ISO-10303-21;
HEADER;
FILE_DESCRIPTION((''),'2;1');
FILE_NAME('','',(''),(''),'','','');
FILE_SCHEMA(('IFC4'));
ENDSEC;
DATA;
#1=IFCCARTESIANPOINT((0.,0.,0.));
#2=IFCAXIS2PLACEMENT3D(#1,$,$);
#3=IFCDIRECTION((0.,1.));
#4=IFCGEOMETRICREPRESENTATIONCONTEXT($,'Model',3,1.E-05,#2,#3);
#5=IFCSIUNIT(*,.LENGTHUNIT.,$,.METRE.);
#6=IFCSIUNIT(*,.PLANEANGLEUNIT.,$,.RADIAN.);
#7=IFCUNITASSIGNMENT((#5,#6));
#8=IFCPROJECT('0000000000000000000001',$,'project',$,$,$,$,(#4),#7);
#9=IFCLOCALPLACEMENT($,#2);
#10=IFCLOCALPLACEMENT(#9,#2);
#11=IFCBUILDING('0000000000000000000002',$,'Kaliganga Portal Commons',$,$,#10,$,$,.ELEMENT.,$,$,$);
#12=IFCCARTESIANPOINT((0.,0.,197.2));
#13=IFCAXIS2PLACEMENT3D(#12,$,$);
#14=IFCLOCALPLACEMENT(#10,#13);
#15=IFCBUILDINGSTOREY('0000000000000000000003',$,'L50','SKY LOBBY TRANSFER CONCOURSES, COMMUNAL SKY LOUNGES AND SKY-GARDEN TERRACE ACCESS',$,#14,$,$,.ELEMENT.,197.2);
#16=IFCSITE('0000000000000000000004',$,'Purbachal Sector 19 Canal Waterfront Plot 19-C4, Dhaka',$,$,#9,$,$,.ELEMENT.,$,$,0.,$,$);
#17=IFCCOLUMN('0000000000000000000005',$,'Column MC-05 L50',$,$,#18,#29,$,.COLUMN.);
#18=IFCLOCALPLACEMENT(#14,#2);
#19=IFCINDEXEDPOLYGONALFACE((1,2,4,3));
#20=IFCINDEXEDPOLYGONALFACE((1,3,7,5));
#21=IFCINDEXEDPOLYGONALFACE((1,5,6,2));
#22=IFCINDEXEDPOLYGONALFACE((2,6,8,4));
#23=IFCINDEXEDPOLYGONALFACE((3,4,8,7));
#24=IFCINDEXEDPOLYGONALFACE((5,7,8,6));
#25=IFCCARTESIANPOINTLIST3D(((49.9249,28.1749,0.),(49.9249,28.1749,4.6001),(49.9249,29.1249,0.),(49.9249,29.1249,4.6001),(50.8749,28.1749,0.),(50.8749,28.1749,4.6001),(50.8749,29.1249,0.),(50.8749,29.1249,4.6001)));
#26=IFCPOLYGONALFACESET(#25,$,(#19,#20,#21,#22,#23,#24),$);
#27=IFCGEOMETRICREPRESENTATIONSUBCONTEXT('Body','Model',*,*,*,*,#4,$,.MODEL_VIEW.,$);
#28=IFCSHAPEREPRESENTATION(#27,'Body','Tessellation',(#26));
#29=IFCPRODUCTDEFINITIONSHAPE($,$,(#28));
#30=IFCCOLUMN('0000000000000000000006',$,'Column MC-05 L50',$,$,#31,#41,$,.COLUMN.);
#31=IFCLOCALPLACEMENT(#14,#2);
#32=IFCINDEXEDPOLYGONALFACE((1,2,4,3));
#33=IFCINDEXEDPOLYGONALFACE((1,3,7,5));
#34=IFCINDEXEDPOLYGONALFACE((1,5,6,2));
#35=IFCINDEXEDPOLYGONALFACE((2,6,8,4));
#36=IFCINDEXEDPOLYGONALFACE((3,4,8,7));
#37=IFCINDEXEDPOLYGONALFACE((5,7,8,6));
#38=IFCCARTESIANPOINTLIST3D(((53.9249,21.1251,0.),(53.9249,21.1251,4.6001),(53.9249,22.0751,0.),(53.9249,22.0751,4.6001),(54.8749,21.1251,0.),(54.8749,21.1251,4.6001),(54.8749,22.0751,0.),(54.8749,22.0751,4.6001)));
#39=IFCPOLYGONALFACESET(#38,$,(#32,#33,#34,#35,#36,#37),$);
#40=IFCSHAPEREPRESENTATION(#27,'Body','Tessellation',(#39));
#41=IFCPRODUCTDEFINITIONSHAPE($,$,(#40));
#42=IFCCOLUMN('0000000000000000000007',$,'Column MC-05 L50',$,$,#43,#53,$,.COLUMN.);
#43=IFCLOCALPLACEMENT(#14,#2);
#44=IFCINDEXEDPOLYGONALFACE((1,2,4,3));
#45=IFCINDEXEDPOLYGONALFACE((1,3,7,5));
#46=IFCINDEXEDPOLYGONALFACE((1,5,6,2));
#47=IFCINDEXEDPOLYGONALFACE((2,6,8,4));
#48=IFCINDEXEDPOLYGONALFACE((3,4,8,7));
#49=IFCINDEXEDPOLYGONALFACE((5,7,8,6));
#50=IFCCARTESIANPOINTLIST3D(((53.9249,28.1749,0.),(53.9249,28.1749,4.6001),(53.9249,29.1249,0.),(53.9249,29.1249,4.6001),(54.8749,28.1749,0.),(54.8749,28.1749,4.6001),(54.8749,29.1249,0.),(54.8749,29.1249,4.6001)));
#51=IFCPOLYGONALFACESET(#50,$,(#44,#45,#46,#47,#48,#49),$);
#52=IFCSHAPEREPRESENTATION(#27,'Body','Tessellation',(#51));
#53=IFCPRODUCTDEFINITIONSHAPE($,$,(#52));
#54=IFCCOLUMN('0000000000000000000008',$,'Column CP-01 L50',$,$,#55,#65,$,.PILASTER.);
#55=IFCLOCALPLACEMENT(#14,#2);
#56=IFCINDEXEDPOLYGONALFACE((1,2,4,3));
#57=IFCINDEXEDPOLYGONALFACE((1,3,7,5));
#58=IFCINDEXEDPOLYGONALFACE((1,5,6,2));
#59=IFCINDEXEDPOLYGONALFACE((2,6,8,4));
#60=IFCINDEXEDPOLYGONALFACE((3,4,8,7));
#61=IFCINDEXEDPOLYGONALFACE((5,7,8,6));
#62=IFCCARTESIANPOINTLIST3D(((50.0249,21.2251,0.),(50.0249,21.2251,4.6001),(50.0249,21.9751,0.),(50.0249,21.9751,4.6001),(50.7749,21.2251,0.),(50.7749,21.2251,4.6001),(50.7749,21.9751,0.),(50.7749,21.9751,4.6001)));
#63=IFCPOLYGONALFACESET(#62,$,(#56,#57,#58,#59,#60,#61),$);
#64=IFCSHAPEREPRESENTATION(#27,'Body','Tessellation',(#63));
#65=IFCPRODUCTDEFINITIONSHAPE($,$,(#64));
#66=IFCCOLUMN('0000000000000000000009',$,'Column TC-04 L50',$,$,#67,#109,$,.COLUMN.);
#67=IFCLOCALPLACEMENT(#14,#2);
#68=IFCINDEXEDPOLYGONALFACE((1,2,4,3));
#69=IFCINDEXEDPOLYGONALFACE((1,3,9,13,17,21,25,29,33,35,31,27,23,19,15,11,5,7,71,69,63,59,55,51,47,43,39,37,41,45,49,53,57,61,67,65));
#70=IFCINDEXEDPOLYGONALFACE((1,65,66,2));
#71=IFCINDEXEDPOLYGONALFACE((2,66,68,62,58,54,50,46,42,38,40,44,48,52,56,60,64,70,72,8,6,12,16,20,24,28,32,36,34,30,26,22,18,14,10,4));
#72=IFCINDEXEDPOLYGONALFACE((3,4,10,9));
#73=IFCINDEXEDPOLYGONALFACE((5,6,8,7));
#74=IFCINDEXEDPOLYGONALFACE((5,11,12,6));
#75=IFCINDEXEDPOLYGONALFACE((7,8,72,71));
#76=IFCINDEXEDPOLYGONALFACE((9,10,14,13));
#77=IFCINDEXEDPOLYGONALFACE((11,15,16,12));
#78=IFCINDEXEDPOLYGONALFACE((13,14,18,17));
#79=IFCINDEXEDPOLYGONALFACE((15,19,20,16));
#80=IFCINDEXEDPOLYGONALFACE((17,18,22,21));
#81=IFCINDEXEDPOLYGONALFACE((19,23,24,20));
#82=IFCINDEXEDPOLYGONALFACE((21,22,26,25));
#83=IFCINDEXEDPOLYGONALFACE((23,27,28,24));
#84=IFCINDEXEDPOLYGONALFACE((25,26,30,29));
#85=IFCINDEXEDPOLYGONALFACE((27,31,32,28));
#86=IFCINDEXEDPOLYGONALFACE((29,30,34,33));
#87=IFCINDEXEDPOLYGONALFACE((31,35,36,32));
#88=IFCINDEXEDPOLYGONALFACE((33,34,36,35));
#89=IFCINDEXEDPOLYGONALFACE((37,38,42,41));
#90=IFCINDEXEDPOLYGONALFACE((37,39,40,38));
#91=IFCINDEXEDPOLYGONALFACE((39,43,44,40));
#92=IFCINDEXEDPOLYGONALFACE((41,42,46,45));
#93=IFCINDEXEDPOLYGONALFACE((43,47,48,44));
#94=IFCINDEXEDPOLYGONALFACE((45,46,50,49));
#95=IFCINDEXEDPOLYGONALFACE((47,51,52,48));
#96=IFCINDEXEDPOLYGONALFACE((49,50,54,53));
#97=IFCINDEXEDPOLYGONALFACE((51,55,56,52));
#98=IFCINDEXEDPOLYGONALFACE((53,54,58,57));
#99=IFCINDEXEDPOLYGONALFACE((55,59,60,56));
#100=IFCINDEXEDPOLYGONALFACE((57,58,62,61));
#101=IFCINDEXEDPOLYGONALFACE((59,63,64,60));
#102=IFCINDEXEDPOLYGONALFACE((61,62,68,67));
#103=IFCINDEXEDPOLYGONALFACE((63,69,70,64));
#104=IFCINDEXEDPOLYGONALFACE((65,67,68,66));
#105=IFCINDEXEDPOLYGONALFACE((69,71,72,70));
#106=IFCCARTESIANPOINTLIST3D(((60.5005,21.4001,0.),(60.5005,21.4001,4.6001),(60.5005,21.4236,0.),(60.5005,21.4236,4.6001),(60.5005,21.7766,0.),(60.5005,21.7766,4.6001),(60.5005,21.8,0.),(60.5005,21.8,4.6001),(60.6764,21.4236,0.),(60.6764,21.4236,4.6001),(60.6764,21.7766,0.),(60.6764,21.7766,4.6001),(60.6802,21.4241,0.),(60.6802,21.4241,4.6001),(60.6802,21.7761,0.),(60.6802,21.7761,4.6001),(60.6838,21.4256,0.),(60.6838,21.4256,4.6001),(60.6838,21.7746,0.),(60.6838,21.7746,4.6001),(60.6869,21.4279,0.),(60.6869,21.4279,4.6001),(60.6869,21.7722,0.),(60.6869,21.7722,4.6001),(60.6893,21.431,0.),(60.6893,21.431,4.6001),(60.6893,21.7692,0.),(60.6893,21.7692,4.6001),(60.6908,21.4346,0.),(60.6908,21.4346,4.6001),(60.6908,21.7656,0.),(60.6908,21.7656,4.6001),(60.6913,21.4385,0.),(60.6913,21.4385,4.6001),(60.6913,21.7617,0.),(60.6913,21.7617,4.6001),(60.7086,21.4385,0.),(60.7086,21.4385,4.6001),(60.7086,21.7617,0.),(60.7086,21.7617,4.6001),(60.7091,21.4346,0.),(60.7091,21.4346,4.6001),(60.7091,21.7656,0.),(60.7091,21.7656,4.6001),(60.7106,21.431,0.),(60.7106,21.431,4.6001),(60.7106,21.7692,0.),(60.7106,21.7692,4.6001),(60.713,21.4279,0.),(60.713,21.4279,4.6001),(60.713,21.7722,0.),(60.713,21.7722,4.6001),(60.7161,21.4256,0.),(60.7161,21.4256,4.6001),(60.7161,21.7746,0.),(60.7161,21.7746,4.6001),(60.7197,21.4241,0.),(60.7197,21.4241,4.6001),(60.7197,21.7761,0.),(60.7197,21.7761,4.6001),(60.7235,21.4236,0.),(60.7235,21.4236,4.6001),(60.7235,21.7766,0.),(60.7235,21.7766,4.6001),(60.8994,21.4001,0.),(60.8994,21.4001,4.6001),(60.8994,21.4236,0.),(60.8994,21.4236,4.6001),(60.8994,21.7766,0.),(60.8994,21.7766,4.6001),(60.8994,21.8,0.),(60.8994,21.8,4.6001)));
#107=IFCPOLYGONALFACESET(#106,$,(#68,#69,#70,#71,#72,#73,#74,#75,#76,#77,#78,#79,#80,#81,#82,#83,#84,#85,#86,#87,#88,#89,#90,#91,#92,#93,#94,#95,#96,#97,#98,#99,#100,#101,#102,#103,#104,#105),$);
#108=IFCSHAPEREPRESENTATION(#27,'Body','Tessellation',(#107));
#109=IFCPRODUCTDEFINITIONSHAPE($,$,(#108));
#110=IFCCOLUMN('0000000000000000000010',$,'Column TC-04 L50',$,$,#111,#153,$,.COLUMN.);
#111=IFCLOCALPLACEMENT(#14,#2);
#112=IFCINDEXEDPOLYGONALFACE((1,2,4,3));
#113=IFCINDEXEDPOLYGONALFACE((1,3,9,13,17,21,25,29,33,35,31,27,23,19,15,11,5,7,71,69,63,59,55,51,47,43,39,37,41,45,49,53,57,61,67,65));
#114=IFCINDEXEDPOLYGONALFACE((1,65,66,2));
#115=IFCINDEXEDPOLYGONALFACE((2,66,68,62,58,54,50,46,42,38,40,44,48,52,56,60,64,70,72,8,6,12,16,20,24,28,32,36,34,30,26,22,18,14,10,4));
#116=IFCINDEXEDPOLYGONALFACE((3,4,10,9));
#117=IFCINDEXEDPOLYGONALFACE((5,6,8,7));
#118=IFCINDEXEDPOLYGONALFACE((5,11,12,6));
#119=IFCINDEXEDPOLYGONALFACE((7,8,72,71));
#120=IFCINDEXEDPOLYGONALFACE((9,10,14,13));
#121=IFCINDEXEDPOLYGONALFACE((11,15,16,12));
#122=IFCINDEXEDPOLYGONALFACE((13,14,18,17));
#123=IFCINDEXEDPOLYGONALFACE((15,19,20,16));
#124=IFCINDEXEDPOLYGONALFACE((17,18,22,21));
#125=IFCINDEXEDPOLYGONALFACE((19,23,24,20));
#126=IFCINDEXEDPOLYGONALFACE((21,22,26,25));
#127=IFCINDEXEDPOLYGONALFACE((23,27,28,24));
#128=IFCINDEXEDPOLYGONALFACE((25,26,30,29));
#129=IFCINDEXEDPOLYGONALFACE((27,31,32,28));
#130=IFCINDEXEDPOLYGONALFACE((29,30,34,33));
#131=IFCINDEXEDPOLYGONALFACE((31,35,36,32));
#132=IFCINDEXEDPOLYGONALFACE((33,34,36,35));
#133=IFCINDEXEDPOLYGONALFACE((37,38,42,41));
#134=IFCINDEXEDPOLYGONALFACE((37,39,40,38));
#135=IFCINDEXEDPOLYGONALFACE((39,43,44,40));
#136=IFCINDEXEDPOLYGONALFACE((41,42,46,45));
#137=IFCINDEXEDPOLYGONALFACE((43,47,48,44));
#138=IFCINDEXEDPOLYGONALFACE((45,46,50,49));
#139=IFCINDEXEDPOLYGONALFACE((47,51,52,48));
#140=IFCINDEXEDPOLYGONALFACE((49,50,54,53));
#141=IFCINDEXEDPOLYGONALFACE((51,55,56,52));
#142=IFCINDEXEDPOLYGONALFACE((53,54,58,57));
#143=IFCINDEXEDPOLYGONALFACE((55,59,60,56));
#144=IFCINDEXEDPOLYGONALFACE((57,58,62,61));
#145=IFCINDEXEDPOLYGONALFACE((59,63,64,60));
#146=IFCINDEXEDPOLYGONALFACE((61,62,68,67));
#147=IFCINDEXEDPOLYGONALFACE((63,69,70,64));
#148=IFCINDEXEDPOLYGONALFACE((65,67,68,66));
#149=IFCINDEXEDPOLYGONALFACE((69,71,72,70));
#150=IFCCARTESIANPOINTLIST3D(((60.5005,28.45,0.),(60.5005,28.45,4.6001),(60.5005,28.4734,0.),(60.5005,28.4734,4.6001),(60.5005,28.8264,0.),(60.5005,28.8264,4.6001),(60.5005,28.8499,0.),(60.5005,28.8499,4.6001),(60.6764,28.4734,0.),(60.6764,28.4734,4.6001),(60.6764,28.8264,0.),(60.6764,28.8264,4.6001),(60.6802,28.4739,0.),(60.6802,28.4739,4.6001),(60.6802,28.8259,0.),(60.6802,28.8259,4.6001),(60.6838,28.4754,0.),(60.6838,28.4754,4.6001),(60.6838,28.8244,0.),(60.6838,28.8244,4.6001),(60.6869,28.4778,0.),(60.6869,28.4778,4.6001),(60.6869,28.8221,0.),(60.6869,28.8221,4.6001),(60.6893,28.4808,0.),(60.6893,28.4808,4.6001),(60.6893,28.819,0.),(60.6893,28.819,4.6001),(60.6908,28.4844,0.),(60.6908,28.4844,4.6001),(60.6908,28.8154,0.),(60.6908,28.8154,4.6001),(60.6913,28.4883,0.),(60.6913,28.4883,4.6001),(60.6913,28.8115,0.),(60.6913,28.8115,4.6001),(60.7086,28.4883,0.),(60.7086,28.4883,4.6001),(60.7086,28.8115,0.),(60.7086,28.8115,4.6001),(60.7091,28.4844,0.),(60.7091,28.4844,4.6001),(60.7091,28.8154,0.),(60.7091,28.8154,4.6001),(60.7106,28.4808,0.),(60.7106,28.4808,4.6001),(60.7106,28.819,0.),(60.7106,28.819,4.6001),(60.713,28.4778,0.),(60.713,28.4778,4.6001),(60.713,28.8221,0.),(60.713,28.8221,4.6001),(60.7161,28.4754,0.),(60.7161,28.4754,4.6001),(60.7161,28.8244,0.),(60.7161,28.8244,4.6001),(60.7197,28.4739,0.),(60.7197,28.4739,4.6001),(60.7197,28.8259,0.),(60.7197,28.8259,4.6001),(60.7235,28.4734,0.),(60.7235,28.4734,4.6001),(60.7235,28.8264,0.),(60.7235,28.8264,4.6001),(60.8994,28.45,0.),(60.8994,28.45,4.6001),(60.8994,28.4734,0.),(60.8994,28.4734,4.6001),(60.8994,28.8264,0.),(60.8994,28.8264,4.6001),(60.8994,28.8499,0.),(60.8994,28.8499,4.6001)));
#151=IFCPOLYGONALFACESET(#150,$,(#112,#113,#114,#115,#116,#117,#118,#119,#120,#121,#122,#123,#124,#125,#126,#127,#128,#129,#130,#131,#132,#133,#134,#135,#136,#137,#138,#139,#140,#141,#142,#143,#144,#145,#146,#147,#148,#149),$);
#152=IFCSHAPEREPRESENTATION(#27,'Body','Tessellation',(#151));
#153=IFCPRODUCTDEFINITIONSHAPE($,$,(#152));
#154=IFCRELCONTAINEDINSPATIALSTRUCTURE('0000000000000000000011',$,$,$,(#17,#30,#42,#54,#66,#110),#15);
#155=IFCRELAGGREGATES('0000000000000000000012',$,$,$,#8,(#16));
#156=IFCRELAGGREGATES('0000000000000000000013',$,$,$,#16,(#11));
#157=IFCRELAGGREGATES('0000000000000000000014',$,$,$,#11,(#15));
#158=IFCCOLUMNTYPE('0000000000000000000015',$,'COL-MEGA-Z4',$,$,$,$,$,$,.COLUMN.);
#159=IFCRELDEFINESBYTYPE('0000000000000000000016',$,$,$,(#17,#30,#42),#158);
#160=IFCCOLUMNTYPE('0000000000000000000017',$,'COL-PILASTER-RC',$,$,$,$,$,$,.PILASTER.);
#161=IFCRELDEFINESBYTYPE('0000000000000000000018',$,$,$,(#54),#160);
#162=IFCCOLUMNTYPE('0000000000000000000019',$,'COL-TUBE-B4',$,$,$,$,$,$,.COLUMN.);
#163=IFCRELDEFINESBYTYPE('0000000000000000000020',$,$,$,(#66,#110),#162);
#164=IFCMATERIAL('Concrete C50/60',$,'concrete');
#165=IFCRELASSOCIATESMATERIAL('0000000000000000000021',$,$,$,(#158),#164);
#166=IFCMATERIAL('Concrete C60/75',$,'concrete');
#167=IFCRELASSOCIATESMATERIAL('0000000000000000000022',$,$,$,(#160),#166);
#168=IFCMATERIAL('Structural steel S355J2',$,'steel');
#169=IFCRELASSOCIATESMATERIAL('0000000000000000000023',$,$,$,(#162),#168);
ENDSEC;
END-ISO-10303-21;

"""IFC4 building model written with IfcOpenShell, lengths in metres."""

from ifc_helpers import new_model, si_unit, direction, frame, origin, origin_2d, place, context, subcontext, project, spatial, rectangle, i_section, extrude, source, transform, mapped, material, material_profile, profile_set, type_object, element, save


model = new_model("IFC4")

# Units and contexts
model_context = context("Model", 3, precision=1e-05, world=origin(), true_north=direction((0.0, 1.0)))
body_context = subcontext(model_context, "Body", "Model", "MODEL_VIEW")
ifc_project = project(units=[si_unit("LENGTHUNIT", "METRE"), si_unit("PLANEANGLEUNIT", "RADIAN")], contexts=[model_context])

# Site, building, storey
site_placement = place(None, origin())
site = spatial("IfcSite", under=ifc_project, at=site_placement, Name="Purbachal Sector 19 Canal Waterfront Plot 19-C4, Dhaka", CompositionType="ELEMENT", RefElevation=0.0)
building_placement = place(site_placement, origin())
building = spatial("IfcBuilding", under=site, at=building_placement, Name="Kaliganga Portal Commons", CompositionType="ELEMENT")
storey_placement = place(building_placement, frame((0.0, 0.0, 197.2)))
storey = spatial("IfcBuildingStorey", under=building, at=storey_placement, Name="L50", Description="SKY LOBBY TRANSFER CONCOURSES, COMMUNAL SKY LOUNGES AND SKY-GARDEN TERRACE ACCESS", CompositionType="ELEMENT", Elevation=197.2)

# Columns
ifc_material_1 = material(Name="Concrete C50/60", Category="concrete")
ifc_material_profile_1 = material_profile(ifc_material_1, rectangle(XDim=0.95, YDim=0.95, at=origin_2d()), Name="RC 950x950")
ifc_profile_set_1 = profile_set([ifc_material_profile_1], Name="Concrete C50/60")
column_type_1 = type_object("IfcColumnType", Name="COL-MEGA-Z4", PredefinedType="COLUMN", material=ifc_profile_set_1)
shared_shape_1 = source(origin(), body_context, "Body", "SweptSolid", [
    extrude(rectangle(XDim=0.95, YDim=0.95, at=origin_2d()), origin(), (0.0, 0.0, 1.0), 4.6001),
])
for number, where, z_axis, x_axis, name in (
    (1, (50.3999, 28.6499, 0.0), (0.0, 0.0, 1.0), (1.0, 0.0, 0.0), "Column MC-05 L50"),
    (2, (54.3999, 21.6001, 0.0), (0.0, 0.0, 1.0), (1.0, 0.0, 0.0), "Column MC-05 L50"),
    (3, (54.3999, 28.6499, 0.0), (0.0, 0.0, 1.0), (1.0, 0.0, 0.0), "Column MC-05 L50"),
):
    element("IfcColumn", number, at=place(storey_placement, frame(where, z_axis=z_axis, x_axis=x_axis)), inside=storey, type_object=column_type_1, Name=name, PredefinedType="COLUMN", context=body_context, shape_type="MappedRepresentation", body=[
        mapped(shared_shape_1, transform((0.0, 0.0, 0.0), x_axis=(1.0, 0.0, 0.0), y_axis=(0.0, 1.0, 0.0), z_axis=(0.0, 0.0, 1.0), scale=1.0)),
    ])
ifc_material_2 = material(Name="Concrete C60/75", Category="concrete")
ifc_material_profile_2 = material_profile(ifc_material_2, rectangle(XDim=0.75, YDim=0.75, at=origin_2d()), Name="RC 750x750")
ifc_profile_set_2 = profile_set([ifc_material_profile_2], Name="Concrete C60/75")
column_type_2 = type_object("IfcColumnType", Name="COL-PILASTER-RC", PredefinedType="PILASTER", material=ifc_profile_set_2)
shared_shape_2 = source(origin(), body_context, "Body", "SweptSolid", [
    extrude(rectangle(XDim=0.75, YDim=0.75, at=origin_2d()), origin(), (0.0, 0.0, 1.0), 4.6001),
])
column_placement = place(storey_placement, frame((50.3999, 21.6001, 0.0), z_axis=(0.0, 0.0, 1.0), x_axis=(1.0, 0.0, 0.0)))
element("IfcColumn", 4, at=column_placement, inside=storey, type_object=column_type_2, Name="Column CP-01 L50", PredefinedType="PILASTER", context=body_context, shape_type="MappedRepresentation", body=[
    mapped(shared_shape_2, transform((0.0, 0.0, 0.0), x_axis=(1.0, 0.0, 0.0), y_axis=(0.0, 1.0, 0.0), z_axis=(0.0, 0.0, 1.0), scale=1.0)),
])
ifc_material_3 = material(Name="Structural steel S355J2", Category="steel")
ifc_material_profile_3 = material_profile(ifc_material_3, i_section(OverallWidth=0.3989, OverallDepth=0.3999, WebThickness=0.0173, FlangeThickness=0.0234, FilletRadius=0.0149, at=origin_2d()), Name="HD 400x287")
ifc_profile_set_3 = profile_set([ifc_material_profile_3], Name="Structural steel S355J2 wide-flange")
column_type_3 = type_object("IfcColumnType", Name="COL-TUBE-B4", PredefinedType="COLUMN", material=ifc_profile_set_3)
shared_shape_3 = source(origin(), body_context, "Body", "SweptSolid", [
    extrude(i_section(OverallWidth=0.3989, OverallDepth=0.3999, WebThickness=0.0173, FlangeThickness=0.0234, FilletRadius=0.0149, at=origin_2d()), origin(), (0.0, 0.0, 1.0), 4.6001),
])
for number, where, z_axis, x_axis, name in (
    (5, (60.7, 21.6001, 0.0), (0.0, 0.0, 1.0), (1.0, 0.0, 0.0), "Column TC-04 L50"),
    (6, (60.7, 28.6499, 0.0), (0.0, 0.0, 1.0), (1.0, 0.0, 0.0), "Column TC-04 L50"),
):
    element("IfcColumn", number, at=place(storey_placement, frame(where, z_axis=z_axis, x_axis=x_axis)), inside=storey, type_object=column_type_3, Name=name, PredefinedType="COLUMN", context=body_context, shape_type="MappedRepresentation", body=[
        mapped(shared_shape_3, transform((0.0, 0.0, 0.0), x_axis=(1.0, 0.0, 0.0), y_axis=(0.0, 1.0, 0.0), z_axis=(0.0, 0.0, 1.0), scale=1.0)),
    ])

save(model, "model.ifc")
